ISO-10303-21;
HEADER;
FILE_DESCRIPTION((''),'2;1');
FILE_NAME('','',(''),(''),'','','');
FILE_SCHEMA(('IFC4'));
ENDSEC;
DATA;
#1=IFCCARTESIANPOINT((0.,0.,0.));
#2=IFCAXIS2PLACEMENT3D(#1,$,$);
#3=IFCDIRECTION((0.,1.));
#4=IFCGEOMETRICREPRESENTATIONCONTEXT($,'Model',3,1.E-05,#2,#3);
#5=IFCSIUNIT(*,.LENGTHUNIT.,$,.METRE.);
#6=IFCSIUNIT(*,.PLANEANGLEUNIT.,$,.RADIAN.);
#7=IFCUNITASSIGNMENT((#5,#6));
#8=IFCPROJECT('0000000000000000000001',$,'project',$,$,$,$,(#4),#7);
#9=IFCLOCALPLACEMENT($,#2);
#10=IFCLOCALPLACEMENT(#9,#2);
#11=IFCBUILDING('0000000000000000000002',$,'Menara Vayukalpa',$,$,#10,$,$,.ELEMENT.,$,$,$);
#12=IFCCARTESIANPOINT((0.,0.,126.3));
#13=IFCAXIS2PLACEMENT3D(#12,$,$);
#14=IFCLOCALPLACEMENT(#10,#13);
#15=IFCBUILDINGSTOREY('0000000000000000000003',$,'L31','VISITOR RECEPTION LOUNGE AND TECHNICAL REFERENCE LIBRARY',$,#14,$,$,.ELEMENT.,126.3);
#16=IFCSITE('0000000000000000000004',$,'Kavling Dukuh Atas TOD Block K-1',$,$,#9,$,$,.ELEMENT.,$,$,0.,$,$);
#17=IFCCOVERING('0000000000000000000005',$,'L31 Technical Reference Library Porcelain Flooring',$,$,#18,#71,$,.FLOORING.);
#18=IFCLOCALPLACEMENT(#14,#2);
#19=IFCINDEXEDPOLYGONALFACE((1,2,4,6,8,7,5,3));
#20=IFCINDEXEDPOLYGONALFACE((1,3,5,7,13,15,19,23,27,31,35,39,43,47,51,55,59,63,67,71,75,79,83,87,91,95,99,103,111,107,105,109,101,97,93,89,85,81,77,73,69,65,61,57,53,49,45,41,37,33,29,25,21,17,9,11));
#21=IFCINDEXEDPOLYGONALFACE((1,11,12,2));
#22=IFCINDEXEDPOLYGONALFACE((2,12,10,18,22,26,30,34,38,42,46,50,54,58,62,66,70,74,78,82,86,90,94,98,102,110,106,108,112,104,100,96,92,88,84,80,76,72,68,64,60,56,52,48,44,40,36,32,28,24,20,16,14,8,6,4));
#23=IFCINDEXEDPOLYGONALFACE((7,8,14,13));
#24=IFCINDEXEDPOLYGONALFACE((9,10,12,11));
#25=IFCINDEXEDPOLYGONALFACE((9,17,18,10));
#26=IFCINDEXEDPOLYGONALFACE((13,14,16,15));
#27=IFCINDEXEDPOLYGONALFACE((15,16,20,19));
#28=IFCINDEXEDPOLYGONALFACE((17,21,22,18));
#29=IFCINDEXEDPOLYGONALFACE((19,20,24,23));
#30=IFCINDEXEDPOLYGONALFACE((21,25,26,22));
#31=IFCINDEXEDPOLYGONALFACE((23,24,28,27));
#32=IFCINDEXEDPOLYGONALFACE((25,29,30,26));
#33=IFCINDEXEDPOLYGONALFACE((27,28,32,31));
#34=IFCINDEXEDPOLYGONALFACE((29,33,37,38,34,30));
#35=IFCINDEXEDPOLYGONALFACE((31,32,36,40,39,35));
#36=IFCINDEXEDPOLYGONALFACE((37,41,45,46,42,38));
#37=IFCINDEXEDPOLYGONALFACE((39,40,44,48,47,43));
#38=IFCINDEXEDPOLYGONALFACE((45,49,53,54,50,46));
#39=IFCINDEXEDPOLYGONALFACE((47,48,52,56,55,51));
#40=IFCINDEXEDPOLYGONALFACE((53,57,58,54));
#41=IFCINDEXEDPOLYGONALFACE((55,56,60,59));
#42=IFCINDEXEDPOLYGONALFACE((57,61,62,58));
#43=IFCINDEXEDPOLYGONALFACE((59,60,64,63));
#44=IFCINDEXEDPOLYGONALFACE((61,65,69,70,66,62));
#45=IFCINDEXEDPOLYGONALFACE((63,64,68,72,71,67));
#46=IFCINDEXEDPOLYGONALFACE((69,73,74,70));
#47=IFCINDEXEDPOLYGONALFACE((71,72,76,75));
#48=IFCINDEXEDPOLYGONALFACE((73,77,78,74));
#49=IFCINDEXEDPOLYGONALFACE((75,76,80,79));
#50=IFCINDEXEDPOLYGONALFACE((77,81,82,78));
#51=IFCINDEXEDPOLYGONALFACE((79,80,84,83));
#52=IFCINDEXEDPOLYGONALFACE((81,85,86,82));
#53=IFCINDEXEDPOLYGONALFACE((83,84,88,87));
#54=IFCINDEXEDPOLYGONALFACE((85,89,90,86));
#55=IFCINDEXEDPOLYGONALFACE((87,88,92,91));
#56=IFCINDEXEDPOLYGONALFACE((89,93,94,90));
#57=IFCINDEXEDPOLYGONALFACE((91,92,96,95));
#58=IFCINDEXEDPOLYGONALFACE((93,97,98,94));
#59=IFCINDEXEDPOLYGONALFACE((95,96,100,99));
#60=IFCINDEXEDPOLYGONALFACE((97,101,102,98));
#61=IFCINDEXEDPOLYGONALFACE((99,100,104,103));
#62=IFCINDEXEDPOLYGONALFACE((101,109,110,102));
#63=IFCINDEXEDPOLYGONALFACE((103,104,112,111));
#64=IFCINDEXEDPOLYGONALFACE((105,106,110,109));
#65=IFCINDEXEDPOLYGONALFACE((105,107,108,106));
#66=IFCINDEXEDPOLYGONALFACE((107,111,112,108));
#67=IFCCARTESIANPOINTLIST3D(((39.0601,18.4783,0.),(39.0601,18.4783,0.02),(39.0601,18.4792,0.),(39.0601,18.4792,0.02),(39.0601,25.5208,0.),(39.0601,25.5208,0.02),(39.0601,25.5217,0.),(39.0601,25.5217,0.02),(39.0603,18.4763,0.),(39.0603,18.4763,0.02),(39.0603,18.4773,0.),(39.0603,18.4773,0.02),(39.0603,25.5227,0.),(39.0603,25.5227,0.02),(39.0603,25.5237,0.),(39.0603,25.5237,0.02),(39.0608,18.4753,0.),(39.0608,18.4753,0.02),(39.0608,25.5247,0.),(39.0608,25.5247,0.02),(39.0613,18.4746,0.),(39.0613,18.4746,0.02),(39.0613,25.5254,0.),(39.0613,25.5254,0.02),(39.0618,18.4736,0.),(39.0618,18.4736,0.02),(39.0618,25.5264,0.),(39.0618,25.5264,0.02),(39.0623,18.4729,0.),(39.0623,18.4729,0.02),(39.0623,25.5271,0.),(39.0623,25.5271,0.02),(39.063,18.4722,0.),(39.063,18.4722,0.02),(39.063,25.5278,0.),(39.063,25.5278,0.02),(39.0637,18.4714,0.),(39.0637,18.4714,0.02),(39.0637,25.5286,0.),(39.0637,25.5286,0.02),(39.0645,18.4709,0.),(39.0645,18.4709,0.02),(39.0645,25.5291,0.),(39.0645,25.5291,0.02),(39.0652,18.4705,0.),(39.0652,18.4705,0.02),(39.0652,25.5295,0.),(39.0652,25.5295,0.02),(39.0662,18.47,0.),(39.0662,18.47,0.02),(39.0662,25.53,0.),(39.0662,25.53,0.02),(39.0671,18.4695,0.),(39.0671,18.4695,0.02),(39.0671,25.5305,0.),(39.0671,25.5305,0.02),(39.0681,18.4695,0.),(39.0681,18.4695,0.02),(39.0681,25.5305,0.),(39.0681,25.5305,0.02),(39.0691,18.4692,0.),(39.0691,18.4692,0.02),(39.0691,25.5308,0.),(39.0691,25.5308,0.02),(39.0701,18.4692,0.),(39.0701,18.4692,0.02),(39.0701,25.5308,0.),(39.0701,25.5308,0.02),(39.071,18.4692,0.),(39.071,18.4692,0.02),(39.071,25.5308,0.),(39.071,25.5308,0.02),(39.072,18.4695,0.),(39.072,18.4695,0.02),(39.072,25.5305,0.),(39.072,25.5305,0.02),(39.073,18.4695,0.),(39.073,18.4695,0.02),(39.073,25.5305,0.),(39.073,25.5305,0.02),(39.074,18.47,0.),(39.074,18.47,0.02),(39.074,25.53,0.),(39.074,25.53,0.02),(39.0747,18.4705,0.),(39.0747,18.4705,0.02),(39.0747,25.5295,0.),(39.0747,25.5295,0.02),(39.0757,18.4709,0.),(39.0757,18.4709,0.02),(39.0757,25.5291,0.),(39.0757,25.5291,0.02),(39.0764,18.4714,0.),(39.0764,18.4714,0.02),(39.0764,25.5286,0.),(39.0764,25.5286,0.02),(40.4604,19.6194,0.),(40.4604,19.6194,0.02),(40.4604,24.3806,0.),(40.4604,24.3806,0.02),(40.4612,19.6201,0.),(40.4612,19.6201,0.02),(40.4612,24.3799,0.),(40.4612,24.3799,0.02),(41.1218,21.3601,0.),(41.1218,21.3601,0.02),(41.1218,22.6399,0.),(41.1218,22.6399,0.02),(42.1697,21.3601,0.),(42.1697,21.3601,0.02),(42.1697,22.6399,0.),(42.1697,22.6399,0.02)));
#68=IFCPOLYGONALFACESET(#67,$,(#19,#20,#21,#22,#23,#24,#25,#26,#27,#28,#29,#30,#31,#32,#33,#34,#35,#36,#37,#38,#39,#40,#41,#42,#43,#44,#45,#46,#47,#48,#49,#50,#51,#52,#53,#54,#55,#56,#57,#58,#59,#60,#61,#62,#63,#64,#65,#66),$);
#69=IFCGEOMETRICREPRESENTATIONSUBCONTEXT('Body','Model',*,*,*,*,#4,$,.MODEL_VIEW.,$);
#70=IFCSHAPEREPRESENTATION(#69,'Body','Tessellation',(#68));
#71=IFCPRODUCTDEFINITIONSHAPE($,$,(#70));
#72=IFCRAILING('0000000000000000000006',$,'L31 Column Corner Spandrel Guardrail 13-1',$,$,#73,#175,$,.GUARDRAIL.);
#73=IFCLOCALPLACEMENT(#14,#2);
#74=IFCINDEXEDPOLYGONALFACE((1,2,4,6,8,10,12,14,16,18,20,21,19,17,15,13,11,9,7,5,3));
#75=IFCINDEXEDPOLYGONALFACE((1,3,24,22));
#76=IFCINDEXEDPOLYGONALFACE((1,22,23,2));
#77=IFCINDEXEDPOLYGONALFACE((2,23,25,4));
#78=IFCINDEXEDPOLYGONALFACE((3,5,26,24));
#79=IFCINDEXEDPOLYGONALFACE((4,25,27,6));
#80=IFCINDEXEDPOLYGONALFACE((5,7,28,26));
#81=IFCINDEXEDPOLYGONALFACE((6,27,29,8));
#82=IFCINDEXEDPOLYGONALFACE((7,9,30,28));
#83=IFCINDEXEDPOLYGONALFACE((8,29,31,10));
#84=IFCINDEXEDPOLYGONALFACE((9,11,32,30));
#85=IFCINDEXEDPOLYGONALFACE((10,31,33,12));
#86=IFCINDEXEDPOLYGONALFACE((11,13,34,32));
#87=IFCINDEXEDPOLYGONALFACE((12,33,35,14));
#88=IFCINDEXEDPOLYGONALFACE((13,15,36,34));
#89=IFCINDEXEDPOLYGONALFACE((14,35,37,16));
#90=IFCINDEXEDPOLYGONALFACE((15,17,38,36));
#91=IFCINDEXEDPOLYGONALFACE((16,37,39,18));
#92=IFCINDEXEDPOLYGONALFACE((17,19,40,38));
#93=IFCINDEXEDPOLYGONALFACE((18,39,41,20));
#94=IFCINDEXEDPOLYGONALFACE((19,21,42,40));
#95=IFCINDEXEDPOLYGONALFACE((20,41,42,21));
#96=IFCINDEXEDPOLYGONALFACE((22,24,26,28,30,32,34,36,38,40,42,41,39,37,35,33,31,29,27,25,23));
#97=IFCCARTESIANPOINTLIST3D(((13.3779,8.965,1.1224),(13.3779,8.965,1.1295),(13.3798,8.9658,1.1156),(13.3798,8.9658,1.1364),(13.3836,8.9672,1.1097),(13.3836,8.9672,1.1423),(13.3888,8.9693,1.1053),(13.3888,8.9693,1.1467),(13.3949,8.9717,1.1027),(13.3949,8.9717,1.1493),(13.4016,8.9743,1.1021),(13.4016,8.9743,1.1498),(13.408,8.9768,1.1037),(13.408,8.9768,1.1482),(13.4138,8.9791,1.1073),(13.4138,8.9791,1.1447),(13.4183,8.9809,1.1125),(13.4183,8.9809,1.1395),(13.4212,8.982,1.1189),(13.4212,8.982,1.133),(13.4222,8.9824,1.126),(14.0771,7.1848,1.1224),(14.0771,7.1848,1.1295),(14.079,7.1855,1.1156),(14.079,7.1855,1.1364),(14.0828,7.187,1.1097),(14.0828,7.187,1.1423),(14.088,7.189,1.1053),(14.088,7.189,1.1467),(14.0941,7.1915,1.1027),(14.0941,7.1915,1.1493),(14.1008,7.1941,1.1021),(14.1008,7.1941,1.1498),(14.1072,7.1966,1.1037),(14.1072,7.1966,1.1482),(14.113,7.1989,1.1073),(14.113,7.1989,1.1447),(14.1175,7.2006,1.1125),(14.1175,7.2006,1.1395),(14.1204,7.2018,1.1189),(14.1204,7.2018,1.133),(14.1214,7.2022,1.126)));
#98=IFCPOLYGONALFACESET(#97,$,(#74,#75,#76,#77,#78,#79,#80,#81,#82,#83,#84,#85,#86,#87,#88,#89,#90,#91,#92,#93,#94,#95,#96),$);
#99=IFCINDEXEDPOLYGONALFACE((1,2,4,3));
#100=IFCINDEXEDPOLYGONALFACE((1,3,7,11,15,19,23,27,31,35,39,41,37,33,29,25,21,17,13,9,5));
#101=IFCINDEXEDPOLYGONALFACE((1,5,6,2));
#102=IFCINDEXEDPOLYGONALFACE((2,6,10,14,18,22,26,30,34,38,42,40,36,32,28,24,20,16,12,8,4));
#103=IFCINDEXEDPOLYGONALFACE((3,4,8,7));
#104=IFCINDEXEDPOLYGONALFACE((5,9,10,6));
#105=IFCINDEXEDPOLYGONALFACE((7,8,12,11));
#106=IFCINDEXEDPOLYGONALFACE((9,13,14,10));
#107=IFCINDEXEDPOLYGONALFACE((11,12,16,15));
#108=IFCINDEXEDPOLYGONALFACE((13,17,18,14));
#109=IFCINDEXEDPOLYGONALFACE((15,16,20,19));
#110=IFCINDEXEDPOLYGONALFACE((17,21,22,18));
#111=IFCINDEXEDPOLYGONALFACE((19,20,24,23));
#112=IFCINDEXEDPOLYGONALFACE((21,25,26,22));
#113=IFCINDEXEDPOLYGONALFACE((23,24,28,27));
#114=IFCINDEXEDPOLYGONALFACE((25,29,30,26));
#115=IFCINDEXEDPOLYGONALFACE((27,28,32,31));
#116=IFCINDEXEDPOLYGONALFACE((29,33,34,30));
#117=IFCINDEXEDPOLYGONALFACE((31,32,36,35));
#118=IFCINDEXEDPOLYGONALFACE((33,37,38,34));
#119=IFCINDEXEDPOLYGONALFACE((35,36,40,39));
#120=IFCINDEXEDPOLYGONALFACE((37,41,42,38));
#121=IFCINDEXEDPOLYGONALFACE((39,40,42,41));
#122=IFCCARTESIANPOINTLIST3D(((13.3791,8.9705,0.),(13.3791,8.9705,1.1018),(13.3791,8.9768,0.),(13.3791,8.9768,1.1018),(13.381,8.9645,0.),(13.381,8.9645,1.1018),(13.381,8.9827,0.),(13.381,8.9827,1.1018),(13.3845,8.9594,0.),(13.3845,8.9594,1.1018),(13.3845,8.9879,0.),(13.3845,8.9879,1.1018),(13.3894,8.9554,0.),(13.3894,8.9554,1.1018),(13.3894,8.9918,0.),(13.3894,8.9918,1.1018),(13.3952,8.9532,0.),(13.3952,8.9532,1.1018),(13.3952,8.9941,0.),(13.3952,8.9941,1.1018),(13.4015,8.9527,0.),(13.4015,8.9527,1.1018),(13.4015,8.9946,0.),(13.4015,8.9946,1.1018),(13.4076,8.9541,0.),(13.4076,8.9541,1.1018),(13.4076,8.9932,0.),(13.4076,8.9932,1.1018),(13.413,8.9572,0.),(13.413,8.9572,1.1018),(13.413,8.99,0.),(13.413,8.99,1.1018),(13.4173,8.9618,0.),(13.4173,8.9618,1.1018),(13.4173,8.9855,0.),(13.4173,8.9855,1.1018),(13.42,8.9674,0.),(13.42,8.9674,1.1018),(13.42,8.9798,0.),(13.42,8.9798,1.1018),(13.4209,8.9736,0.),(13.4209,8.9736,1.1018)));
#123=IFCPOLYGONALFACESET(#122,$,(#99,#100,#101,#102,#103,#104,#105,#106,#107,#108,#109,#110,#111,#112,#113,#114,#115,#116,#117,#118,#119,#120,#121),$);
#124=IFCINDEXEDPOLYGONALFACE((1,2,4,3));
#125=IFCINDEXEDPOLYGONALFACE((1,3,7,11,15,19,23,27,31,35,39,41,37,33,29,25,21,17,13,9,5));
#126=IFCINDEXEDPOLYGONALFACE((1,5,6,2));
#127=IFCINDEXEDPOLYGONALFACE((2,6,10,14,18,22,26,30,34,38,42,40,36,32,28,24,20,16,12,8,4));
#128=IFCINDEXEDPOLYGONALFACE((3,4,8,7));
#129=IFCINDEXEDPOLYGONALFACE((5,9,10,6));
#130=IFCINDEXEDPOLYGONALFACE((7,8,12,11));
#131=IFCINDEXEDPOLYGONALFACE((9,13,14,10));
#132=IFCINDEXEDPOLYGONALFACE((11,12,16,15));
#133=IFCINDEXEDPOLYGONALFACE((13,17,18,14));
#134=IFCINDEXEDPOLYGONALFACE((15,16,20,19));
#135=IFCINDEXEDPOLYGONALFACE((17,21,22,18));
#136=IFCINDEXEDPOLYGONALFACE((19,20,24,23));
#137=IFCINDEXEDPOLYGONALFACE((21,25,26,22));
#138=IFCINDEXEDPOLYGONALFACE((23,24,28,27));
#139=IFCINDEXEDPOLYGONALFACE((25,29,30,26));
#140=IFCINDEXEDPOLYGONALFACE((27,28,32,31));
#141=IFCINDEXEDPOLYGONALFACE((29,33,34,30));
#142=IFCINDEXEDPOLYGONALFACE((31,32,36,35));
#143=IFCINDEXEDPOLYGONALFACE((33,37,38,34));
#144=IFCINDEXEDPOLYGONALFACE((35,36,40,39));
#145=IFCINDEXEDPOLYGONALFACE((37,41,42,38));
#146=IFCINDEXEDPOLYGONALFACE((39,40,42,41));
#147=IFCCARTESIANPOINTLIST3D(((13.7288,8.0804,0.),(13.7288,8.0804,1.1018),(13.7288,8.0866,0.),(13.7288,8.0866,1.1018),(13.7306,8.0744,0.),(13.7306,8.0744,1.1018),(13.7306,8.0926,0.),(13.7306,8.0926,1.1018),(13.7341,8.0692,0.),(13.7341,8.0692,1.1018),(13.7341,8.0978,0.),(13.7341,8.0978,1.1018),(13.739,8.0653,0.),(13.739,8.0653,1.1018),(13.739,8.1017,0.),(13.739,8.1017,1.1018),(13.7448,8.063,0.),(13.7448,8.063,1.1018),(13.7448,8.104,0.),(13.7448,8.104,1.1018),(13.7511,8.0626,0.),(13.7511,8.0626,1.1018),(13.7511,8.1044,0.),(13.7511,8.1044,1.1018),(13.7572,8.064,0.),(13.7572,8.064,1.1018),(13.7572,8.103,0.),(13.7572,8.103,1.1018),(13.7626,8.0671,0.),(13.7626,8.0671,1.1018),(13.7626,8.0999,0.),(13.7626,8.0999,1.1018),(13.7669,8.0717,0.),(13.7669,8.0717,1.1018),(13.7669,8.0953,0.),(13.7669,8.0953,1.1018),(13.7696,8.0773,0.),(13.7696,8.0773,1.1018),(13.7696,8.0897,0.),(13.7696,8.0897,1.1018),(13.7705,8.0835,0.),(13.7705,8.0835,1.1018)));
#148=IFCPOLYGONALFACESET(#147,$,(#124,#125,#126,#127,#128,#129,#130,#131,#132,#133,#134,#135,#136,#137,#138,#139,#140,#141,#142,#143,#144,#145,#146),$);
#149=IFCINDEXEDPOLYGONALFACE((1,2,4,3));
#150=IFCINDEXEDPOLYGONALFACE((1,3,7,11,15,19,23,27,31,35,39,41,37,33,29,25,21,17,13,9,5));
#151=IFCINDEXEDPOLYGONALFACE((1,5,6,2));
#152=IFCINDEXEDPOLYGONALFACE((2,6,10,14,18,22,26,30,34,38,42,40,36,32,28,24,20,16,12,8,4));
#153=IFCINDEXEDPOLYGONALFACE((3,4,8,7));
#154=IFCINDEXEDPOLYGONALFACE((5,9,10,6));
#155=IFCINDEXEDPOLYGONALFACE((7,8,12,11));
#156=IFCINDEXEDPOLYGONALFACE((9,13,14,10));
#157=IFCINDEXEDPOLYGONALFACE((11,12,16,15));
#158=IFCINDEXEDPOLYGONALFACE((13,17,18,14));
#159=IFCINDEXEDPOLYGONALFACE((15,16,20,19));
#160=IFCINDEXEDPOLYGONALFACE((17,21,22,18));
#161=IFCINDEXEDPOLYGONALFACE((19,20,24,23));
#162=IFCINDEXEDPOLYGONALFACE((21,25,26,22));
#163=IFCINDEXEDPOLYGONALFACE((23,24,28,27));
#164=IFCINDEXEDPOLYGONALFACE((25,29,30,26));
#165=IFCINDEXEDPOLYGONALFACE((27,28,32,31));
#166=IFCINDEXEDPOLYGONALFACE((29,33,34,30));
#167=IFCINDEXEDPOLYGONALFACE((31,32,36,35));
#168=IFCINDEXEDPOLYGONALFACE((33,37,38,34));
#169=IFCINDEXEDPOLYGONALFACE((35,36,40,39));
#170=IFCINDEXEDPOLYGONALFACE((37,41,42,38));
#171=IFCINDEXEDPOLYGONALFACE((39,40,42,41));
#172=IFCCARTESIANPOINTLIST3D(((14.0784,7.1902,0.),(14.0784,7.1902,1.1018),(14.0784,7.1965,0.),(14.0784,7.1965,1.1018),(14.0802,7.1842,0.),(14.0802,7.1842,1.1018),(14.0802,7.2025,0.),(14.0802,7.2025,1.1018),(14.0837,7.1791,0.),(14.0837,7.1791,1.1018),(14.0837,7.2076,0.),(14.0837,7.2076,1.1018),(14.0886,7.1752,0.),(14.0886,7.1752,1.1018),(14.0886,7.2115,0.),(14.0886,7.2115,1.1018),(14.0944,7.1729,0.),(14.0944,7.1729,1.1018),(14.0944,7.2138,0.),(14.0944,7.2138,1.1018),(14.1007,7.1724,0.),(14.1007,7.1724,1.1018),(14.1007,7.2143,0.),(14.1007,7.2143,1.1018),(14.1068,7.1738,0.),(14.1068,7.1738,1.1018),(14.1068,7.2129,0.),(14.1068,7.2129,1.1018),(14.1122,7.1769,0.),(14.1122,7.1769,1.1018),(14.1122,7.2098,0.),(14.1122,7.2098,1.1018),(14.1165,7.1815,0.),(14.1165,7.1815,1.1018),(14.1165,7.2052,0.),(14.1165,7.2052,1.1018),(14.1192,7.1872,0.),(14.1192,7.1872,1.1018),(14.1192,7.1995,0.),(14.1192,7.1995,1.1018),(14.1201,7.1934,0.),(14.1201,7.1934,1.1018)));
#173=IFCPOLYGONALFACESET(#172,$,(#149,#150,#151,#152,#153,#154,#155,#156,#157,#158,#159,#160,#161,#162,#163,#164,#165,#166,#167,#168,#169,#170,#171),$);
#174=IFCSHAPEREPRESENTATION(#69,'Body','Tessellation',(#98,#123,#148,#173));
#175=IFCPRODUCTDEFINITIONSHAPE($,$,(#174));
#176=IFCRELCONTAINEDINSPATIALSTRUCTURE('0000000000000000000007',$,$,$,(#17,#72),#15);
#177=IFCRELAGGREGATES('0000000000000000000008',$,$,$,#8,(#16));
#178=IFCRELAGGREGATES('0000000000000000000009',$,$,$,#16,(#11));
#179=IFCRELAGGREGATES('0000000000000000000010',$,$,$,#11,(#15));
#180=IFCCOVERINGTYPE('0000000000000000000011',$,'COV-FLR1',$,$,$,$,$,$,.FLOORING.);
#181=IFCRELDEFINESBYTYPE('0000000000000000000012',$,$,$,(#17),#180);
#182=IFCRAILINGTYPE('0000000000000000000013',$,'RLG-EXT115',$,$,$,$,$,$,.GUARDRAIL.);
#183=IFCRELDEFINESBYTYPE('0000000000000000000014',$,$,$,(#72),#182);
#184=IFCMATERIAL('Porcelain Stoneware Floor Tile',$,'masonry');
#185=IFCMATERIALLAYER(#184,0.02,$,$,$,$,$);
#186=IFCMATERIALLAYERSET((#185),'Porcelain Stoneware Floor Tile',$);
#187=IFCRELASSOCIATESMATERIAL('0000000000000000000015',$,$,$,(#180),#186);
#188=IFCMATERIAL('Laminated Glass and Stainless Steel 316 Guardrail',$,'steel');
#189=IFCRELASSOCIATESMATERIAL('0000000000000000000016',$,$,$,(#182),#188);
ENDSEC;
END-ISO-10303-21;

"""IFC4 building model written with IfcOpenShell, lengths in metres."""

from ifc_helpers import new_model, si_unit, direction, frame, origin, origin_2d, place, context, subcontext, project, spatial, polyline, circle, outline, extrude, material, layer, layer_set, type_object, element, save


model = new_model("IFC4")

# Units and contexts
model_context = context("Model", 3, precision=1e-05, world=origin(), true_north=direction((0.0, 1.0)))
body_context = subcontext(model_context, "Body", "Model", "MODEL_VIEW")
ifc_project = project(units=[si_unit("LENGTHUNIT", "METRE"), si_unit("PLANEANGLEUNIT", "RADIAN")], contexts=[model_context])

# Site, building, storey
site_placement = place(None, origin())
site = spatial("IfcSite", under=ifc_project, at=site_placement, Name="Kavling Dukuh Atas TOD Block K-1", CompositionType="ELEMENT", RefElevation=0.0)
building_placement = place(site_placement, origin())
building = spatial("IfcBuilding", under=site, at=building_placement, Name="Menara Vayukalpa", CompositionType="ELEMENT")
storey_placement = place(building_placement, frame((0.0, 0.0, 126.3)))
storey = spatial("IfcBuildingStorey", under=building, at=storey_placement, Name="L31", Description="VISITOR RECEPTION LOUNGE AND TECHNICAL REFERENCE LIBRARY", CompositionType="ELEMENT", Elevation=126.3)

# Covering
ifc_material_1 = material(Name="Porcelain Stoneware Floor Tile", Category="masonry")
ifc_layer_1 = layer(ifc_material_1, 0.02)
ifc_layer_set_1 = layer_set([ifc_layer_1], Name="Porcelain Stoneware Floor Tile")
covering_type_1 = type_object("IfcCoveringType", Name="COV-FLR1", PredefinedType="FLOORING", material=ifc_layer_set_1)
covering_1_placement = place(storey_placement, origin())
element("IfcCovering", 1, at=covering_1_placement, inside=storey, type_object=covering_type_1, Name="L31 Technical Reference Library Porcelain Flooring", PredefinedType="FLOORING", context=body_context, shape_type="SweptSolid", body=[
    extrude(outline(polyline([(42.1697, 22.6399), (41.1218, 22.6399), (41.1218, 21.3601), (42.1697, 21.3601), (40.4612, 19.6201), (40.4604, 19.6194), (39.0764, 18.4714), (39.0757, 18.4709), (39.0747, 18.4705), (39.074, 18.47), (39.073, 18.4695), (39.072, 18.4695), (39.071, 18.4692), (39.0701, 18.4692), (39.0691, 18.4692), (39.0681, 18.4695), (39.0671, 18.4695), (39.0662, 18.47), (39.0652, 18.4705), (39.0645, 18.4709), (39.0637, 18.4714), (39.063, 18.4722), (39.0623, 18.4729), (39.0618, 18.4736), (39.0613, 18.4746), (39.0608, 18.4753), (39.0603, 18.4763), (39.0603, 18.4773), (39.0601, 18.4783), (39.0601, 18.4792), (39.0601, 25.5208), (39.0601, 25.5217), (39.0603, 25.5227), (39.0603, 25.5237), (39.0608, 25.5247), (39.0613, 25.5254), (39.0618, 25.5264), (39.0623, 25.5271), (39.063, 25.5278), (39.0637, 25.5286), (39.0645, 25.5291), (39.0652, 25.5295), (39.0662, 25.53), (39.0671, 25.5305), (39.0681, 25.5305), (39.0691, 25.5308), (39.0701, 25.5308), (39.071, 25.5308), (39.072, 25.5305), (39.073, 25.5305), (39.074, 25.53), (39.0747, 25.5295), (39.0757, 25.5291), (39.0764, 25.5286), (40.4604, 24.3806), (40.4612, 24.3799), (42.1697, 22.6399)])), origin(), (0.0, 0.0, 1.0), 0.02),
])

# Railing
ifc_material_2 = material(Name="Laminated Glass and Stainless Steel 316 Guardrail", Category="steel")
railing_type = type_object("IfcRailingType", Name="RLG-EXT115", PredefinedType="GUARDRAIL", material=ifc_material_2)
railing_1_placement = place(storey_placement, frame((13.3999, 8.9736, 0.0)))
element("IfcRailing", 2, at=railing_1_placement, inside=storey, type_object=railing_type, Name="L31 Column Corner Spandrel Guardrail 13-1", PredefinedType="GUARDRAIL", context=body_context, shape_type="SweptSolid", body=[
    extrude(circle(Radius=0.0239, at=origin_2d()), frame((0.0, 0.0, 1.126), z_axis=(0.365573, -0.930783, 0.0), x_axis=(0.930783, 0.365573, 0.0)), (0.0, 0.0, 1.0), 1.9126),
    extrude(circle(Radius=0.021, at=origin_2d()), origin(), (0.0, 0.0, 1.0), 1.1018),
    extrude(circle(Radius=0.021, at=origin_2d()), frame((0.3496, -0.8901, 0.0)), (0.0, 0.0, 1.0), 1.1018),
    extrude(circle(Radius=0.021, at=origin_2d()), frame((0.6992, -1.7803, 0.0)), (0.0, 0.0, 1.0), 1.1018),
])

save(model, "model.ifc")
